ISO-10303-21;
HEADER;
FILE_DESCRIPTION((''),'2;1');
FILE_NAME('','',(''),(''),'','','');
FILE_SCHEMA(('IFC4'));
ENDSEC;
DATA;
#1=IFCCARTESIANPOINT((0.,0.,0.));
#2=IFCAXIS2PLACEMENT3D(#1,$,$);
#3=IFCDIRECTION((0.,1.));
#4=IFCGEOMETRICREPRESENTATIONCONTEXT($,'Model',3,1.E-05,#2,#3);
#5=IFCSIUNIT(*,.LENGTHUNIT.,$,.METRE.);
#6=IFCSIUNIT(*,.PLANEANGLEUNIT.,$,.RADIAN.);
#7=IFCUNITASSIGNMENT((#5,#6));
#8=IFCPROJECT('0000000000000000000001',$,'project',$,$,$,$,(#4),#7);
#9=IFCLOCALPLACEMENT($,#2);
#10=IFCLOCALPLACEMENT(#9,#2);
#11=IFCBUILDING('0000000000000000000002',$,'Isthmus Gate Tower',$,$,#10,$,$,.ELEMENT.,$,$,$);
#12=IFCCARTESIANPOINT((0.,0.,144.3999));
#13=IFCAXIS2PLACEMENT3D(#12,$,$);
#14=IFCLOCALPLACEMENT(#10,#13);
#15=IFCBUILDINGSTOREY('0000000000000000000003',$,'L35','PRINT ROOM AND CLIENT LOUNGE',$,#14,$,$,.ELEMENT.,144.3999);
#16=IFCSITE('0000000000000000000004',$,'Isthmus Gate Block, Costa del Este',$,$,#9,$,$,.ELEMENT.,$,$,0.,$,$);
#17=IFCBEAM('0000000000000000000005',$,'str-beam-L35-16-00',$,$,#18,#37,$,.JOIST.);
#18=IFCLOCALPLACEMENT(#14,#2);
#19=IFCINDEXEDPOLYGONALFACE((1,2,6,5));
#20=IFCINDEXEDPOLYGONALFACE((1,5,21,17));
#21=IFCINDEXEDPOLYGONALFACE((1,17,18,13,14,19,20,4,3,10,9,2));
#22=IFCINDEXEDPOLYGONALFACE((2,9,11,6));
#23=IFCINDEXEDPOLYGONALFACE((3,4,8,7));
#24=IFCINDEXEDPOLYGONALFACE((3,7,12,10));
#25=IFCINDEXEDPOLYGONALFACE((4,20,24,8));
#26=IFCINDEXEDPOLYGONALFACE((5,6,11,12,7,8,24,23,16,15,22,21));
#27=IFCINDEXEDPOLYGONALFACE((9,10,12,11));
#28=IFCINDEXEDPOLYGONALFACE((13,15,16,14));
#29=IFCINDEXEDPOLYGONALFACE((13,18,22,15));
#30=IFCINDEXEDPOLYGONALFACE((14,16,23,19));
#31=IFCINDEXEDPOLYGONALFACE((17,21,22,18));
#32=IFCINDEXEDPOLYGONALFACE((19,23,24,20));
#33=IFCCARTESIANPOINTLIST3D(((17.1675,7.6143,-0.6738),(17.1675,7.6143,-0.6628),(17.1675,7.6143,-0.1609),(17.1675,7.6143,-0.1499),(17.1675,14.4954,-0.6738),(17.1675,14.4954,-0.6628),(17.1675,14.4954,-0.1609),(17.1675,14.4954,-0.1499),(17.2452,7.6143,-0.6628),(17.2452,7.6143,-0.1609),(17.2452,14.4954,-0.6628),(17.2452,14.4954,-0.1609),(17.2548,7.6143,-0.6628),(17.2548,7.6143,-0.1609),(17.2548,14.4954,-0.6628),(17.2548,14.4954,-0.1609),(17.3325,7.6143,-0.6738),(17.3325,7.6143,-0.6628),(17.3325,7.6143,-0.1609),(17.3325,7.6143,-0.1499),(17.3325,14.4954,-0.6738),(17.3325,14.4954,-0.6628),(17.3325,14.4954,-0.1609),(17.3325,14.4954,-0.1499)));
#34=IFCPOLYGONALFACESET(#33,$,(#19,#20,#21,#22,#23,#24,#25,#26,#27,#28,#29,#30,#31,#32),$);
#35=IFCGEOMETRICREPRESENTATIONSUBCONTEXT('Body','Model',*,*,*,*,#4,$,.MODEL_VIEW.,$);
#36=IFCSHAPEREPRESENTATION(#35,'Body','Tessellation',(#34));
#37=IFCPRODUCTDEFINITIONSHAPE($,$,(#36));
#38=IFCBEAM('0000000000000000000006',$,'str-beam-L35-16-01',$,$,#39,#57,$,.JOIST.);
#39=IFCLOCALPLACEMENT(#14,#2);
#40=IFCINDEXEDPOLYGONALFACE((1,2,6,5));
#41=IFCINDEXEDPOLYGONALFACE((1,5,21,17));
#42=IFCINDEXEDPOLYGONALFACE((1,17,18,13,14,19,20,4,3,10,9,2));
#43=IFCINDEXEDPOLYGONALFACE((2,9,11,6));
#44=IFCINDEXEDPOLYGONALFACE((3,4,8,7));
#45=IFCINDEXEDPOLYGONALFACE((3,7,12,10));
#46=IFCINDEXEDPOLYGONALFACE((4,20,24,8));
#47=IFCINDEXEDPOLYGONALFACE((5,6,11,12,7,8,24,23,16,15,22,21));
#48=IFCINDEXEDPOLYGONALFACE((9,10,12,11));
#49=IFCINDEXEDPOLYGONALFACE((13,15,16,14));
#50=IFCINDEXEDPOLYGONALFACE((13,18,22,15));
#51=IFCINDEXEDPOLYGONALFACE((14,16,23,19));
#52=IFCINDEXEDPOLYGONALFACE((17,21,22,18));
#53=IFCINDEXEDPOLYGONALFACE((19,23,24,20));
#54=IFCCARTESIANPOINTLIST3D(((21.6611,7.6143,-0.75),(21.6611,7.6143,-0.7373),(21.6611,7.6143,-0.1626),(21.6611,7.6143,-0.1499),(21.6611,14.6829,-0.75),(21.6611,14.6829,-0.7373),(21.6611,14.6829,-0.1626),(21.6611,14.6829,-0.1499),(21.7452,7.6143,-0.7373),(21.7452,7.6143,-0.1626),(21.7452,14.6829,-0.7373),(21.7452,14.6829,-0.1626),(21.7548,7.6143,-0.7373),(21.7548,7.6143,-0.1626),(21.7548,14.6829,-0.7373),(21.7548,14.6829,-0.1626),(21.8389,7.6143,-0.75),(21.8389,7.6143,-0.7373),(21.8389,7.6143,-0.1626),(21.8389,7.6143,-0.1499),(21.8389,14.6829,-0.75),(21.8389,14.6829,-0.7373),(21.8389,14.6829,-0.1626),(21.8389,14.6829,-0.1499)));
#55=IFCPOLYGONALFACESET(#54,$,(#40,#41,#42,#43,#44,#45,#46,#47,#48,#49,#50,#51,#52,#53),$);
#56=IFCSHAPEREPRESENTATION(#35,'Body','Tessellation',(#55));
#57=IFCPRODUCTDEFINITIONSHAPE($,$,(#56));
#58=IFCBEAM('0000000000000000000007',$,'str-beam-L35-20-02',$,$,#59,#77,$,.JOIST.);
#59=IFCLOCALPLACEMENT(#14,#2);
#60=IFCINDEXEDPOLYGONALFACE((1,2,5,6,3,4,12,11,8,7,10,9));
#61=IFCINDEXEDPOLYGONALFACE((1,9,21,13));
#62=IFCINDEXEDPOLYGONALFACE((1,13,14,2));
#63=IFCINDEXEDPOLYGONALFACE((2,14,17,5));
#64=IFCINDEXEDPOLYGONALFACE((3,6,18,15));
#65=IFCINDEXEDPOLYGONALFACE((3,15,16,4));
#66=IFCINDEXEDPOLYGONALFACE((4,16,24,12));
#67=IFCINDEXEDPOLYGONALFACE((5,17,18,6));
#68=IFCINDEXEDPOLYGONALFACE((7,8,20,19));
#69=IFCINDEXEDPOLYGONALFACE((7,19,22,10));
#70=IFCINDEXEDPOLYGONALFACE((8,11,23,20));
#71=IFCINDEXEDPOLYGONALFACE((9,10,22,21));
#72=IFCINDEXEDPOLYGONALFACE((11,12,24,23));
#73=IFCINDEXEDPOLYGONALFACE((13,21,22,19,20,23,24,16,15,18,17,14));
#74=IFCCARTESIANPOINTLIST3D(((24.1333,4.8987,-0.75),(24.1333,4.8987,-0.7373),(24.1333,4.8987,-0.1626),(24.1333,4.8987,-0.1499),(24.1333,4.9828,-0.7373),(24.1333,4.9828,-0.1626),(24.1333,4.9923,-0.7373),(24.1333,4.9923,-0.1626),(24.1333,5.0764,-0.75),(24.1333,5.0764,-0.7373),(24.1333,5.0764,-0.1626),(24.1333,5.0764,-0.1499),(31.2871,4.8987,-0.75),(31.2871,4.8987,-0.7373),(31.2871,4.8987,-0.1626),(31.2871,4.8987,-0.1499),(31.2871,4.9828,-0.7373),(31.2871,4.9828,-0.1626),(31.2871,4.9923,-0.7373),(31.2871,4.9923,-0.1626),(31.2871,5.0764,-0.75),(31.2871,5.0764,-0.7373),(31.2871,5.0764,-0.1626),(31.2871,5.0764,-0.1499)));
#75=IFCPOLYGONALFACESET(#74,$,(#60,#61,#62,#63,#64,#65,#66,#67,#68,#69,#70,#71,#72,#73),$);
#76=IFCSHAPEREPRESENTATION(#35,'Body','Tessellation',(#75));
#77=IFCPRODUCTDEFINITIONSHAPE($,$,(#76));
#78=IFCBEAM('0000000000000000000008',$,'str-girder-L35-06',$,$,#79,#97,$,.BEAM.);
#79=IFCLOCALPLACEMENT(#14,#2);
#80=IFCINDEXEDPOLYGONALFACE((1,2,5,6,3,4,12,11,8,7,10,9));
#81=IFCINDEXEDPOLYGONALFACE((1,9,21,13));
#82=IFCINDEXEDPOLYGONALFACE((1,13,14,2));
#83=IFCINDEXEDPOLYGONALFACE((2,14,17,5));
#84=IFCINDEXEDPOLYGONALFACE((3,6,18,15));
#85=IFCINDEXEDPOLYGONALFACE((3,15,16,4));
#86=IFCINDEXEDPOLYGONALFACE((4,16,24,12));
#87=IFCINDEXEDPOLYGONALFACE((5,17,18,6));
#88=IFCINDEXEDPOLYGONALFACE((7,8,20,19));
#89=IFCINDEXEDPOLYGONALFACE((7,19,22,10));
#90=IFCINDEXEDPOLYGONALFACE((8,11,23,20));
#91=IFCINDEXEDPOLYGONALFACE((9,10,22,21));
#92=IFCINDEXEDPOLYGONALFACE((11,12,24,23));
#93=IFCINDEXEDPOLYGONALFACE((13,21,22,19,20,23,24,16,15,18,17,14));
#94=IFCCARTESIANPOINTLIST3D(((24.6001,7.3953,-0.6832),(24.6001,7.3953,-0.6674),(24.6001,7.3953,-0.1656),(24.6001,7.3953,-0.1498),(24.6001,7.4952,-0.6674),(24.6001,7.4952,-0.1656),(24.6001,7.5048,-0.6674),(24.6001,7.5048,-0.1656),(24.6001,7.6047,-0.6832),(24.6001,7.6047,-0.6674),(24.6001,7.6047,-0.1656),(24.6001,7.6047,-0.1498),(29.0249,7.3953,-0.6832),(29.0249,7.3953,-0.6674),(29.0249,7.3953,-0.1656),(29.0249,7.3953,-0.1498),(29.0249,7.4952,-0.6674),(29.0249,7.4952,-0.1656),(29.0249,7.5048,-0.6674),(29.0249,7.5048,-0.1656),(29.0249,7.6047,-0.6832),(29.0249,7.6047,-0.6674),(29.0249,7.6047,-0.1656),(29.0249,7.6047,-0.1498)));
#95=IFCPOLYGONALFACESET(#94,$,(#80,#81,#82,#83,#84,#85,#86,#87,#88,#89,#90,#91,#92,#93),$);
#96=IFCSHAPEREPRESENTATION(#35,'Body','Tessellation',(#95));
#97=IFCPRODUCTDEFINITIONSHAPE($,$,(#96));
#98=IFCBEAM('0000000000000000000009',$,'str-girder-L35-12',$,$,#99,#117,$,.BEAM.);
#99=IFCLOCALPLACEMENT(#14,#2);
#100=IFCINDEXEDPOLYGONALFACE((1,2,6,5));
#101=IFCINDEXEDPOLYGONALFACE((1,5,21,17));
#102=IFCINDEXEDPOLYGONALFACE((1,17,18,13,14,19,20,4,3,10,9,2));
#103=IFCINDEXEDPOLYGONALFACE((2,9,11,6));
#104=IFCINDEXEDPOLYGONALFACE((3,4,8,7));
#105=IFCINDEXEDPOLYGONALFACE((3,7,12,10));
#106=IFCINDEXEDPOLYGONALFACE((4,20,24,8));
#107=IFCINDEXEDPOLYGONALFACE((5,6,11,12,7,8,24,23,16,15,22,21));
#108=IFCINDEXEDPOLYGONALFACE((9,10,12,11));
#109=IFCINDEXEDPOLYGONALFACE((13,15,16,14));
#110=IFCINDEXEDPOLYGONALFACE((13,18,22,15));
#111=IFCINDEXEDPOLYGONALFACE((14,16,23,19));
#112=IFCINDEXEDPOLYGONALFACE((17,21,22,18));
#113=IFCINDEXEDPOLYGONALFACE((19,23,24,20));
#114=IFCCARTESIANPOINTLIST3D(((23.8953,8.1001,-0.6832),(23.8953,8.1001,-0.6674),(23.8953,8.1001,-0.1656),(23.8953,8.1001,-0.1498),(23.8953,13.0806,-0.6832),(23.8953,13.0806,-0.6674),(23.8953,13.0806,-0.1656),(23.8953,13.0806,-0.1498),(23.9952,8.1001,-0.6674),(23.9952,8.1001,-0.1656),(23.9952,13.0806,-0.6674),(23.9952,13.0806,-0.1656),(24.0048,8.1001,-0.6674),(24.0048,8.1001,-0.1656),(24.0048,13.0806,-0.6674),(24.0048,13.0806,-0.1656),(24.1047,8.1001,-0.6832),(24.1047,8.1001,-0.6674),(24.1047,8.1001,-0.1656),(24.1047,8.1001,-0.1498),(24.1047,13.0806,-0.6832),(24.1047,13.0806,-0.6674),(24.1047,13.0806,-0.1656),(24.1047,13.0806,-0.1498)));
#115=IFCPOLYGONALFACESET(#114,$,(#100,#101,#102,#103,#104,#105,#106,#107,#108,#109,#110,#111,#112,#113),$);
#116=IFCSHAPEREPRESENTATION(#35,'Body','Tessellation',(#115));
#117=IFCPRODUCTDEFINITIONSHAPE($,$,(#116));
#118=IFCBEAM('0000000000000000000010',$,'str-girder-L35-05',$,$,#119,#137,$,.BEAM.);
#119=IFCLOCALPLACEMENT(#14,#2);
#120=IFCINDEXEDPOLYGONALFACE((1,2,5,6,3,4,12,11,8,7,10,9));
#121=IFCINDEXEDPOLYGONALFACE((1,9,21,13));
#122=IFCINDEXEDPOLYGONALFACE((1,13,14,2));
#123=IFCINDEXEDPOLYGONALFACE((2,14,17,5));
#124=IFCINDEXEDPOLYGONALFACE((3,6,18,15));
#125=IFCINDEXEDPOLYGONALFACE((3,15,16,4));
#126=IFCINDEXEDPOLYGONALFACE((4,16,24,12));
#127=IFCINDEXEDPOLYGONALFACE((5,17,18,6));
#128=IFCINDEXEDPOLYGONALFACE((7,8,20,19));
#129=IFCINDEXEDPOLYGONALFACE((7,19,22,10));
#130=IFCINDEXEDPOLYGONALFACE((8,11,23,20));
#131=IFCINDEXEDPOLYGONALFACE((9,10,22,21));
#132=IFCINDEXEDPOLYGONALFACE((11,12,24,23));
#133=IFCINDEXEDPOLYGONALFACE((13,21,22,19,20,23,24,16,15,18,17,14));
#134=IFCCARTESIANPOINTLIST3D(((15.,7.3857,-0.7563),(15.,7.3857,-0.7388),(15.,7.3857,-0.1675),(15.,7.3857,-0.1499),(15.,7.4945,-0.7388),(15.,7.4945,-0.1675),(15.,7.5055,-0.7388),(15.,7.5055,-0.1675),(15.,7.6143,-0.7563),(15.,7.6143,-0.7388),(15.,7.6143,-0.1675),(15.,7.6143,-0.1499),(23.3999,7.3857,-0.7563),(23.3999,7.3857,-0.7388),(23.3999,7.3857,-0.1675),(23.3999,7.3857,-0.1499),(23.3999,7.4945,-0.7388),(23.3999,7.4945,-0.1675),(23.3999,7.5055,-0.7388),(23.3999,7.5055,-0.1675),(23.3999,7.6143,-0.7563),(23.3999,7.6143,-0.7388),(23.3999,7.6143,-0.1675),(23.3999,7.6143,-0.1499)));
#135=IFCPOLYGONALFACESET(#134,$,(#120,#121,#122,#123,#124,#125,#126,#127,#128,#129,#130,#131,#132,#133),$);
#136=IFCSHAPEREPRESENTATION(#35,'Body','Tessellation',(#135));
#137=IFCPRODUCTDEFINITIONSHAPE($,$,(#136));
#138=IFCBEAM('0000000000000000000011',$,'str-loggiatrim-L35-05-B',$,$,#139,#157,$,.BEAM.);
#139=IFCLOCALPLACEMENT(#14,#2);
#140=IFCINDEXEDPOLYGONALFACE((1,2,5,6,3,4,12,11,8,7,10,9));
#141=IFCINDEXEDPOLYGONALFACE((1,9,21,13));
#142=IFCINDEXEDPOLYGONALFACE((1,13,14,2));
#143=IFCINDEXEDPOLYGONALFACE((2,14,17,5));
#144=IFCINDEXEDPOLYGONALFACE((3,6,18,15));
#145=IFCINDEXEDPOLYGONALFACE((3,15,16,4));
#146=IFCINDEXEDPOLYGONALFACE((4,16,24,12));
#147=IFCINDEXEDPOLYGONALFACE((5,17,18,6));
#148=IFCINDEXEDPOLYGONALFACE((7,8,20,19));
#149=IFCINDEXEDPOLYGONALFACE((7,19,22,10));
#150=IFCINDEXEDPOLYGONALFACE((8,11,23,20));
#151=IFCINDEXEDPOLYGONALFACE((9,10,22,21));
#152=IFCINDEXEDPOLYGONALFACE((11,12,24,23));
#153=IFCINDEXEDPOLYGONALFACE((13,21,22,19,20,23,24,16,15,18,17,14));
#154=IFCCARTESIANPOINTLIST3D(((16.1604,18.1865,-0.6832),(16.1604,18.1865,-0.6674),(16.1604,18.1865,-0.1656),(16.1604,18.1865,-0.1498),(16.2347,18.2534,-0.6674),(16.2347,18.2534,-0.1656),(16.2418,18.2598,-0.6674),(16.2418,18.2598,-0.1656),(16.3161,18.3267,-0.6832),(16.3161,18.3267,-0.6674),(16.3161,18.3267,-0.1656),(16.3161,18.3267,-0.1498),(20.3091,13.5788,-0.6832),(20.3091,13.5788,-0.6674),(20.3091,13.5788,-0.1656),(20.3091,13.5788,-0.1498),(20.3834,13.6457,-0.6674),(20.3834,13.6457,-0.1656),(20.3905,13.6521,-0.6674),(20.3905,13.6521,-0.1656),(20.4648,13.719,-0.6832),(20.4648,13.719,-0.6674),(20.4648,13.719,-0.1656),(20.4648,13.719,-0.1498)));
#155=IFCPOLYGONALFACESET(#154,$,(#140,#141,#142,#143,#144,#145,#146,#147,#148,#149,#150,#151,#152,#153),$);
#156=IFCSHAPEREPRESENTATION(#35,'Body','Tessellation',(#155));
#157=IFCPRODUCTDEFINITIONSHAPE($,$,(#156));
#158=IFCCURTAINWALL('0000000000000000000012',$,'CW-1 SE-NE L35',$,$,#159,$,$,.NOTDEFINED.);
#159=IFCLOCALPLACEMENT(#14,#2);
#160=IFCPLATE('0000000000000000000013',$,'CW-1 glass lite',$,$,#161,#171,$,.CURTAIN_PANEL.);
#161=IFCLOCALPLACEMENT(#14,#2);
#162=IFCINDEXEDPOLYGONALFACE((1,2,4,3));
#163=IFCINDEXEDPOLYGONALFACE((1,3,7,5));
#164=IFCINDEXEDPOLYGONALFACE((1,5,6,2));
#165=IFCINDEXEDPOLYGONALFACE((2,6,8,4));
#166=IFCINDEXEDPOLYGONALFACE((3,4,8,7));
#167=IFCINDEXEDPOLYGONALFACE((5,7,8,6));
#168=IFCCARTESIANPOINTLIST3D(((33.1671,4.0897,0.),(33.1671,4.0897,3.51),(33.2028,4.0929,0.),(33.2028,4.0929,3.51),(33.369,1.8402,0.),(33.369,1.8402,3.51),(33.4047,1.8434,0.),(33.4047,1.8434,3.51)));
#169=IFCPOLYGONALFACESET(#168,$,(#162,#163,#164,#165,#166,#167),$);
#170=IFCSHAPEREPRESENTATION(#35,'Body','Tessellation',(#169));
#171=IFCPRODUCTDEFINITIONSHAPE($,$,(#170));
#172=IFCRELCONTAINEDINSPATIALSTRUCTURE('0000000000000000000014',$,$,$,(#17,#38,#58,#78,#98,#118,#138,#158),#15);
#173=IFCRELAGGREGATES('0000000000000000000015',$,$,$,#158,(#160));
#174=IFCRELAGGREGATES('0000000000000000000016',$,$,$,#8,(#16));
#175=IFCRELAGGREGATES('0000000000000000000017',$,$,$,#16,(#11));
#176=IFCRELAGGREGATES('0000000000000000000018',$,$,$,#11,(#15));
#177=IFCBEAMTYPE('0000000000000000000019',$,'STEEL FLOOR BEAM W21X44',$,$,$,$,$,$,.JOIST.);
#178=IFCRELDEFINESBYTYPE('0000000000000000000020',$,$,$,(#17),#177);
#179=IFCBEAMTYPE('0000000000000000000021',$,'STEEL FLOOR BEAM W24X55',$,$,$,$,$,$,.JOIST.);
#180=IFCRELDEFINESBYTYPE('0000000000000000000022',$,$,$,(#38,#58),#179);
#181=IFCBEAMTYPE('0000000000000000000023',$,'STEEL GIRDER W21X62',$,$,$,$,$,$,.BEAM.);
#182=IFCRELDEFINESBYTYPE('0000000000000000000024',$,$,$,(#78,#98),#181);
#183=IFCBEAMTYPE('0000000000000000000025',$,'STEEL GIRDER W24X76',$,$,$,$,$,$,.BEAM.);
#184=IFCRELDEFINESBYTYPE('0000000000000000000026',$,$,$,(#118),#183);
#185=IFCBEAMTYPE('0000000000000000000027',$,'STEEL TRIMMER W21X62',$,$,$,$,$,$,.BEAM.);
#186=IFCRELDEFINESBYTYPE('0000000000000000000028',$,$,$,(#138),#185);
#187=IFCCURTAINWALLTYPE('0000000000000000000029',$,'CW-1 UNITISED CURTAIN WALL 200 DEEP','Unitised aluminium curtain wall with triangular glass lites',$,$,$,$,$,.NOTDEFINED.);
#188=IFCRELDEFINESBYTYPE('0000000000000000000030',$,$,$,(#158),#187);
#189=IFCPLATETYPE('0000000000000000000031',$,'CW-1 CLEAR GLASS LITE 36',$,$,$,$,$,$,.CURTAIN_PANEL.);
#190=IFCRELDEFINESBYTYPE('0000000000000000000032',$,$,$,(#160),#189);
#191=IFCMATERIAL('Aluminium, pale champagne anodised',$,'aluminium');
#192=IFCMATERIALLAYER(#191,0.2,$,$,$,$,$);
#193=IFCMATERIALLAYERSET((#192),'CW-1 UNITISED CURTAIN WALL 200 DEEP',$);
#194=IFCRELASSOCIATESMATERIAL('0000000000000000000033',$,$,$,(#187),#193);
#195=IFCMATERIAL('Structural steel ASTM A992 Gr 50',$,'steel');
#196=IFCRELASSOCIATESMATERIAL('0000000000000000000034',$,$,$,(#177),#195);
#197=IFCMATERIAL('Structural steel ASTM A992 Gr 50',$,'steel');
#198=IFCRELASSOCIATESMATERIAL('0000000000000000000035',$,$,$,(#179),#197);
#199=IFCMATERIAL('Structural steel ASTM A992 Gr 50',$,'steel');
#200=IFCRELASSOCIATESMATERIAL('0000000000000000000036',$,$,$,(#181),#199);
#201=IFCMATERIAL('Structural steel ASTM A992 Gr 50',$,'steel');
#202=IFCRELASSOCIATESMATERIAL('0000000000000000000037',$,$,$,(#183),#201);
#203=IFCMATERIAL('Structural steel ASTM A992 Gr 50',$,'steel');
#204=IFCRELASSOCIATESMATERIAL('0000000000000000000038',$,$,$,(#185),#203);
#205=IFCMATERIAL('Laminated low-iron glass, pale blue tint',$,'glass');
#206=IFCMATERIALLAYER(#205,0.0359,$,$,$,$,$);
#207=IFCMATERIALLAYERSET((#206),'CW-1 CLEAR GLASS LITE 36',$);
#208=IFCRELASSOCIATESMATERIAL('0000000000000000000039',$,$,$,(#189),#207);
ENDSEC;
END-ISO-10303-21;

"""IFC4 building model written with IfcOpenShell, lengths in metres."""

from ifc_helpers import new_model, si_unit, direction, frame, origin, origin_2d, place, context, subcontext, project, spatial, rectangle, i_section, extrude, material, layer, layer_set, material_profile, profile_set, type_object, element, aggregate, save


model = new_model("IFC4")

# Units and contexts
model_context = context("Model", 3, precision=1e-05, world=origin(), true_north=direction((0.0, 1.0)))
body_context = subcontext(model_context, "Body", "Model", "MODEL_VIEW")
ifc_project = project(units=[si_unit("LENGTHUNIT", "METRE"), si_unit("PLANEANGLEUNIT", "RADIAN")], contexts=[model_context])

# Site, building, storey
site_placement = place(None, origin())
site = spatial("IfcSite", under=ifc_project, at=site_placement, Name="Isthmus Gate Block, Costa del Este", CompositionType="ELEMENT", RefElevation=0.0)
building_placement = place(site_placement, origin())
building = spatial("IfcBuilding", under=site, at=building_placement, Name="Isthmus Gate Tower", CompositionType="ELEMENT")
storey_placement = place(building_placement, frame((0.0, 0.0, 144.3999)))
storey = spatial("IfcBuildingStorey", under=building, at=storey_placement, Name="L35", Description="PRINT ROOM AND CLIENT LOUNGE", CompositionType="ELEMENT", Elevation=144.3999)

# Shared definitions
ifc_material_1 = material(Name="Aluminium, pale champagne anodised", Category="aluminium")
ifc_layer_1 = layer(ifc_material_1, 0.2)
ifc_layer_set_1 = layer_set([ifc_layer_1], Name="CW-1 UNITISED CURTAIN WALL 200 DEEP")
curtain_wall_type_1 = type_object("IfcCurtainWallType", Name="CW-1 UNITISED CURTAIN WALL 200 DEEP", Description="Unitised aluminium curtain wall with triangular glass lites", PredefinedType="NOTDEFINED", material=ifc_layer_set_1)

# Beams
ifc_material_2 = material(Name="Structural steel ASTM A992 Gr 50", Category="steel")
ifc_material_profile_1 = material_profile(ifc_material_2, i_section(OverallWidth=0.165, OverallDepth=0.5239, WebThickness=0.0095, FlangeThickness=0.011, at=origin_2d()), Name="W21X44")
ifc_profile_set_1 = profile_set([ifc_material_profile_1], Name="Structural steel ASTM A992 Gr 50")
beam_type_1 = type_object("IfcBeamType", Name="STEEL FLOOR BEAM W21X44", PredefinedType="JOIST", material=ifc_profile_set_1)
beam_1_placement = place(storey_placement, frame((17.25, 7.6143, -0.4119), z_axis=(0.0, 1.0, 0.0), x_axis=(-1.0, 0.0, 0.0)))
element("IfcBeam", 1, at=beam_1_placement, inside=storey, type_object=beam_type_1, Name="str-beam-L35-16-00", PredefinedType="JOIST", context=body_context, shape_type="SweptSolid", body=[
    extrude(i_section(OverallWidth=0.165, OverallDepth=0.5239, WebThickness=0.0095, FlangeThickness=0.011, at=origin_2d()), origin(), (0.0, 0.0, 1.0), 6.8811),
])
ifc_material_3 = material(Name="Structural steel ASTM A992 Gr 50", Category="steel")
ifc_material_profile_2 = material_profile(ifc_material_3, i_section(OverallWidth=0.1777, OverallDepth=0.6001, WebThickness=0.0095, FlangeThickness=0.0127, at=origin_2d()), Name="W24X55")
ifc_profile_set_2 = profile_set([ifc_material_profile_2], Name="Structural steel ASTM A992 Gr 50")
beam_type_2 = type_object("IfcBeamType", Name="STEEL FLOOR BEAM W24X55", PredefinedType="JOIST", material=ifc_profile_set_2)
beam_2_placement = place(storey_placement, frame((21.75, 7.6143, -0.45), z_axis=(0.0, 1.0, 0.0), x_axis=(-1.0, 0.0, 0.0)))
element("IfcBeam", 2, at=beam_2_placement, inside=storey, type_object=beam_type_2, Name="str-beam-L35-16-01", PredefinedType="JOIST", context=body_context, shape_type="SweptSolid", body=[
    extrude(i_section(OverallWidth=0.1777, OverallDepth=0.6001, WebThickness=0.0095, FlangeThickness=0.0127, at=origin_2d()), origin(), (0.0, 0.0, 1.0), 7.0686),
])
beam_3_placement = place(storey_placement, frame((24.1333, 4.9875, -0.45), z_axis=(1.0, 0.0, 0.0), x_axis=(0.0, 1.0, 0.0)))
element("IfcBeam", 3, at=beam_3_placement, inside=storey, type_object=beam_type_2, Name="str-beam-L35-20-02", PredefinedType="JOIST", context=body_context, shape_type="SweptSolid", body=[
    extrude(i_section(OverallWidth=0.1777, OverallDepth=0.6001, WebThickness=0.0095, FlangeThickness=0.0127, at=origin_2d()), origin(), (0.0, 0.0, 1.0), 7.1538),
])
ifc_material_4 = material(Name="Structural steel ASTM A992 Gr 50", Category="steel")
ifc_material_profile_3 = material_profile(ifc_material_4, i_section(OverallWidth=0.2095, OverallDepth=0.5334, WebThickness=0.0095, FlangeThickness=0.0159, at=origin_2d()), Name="W21X62")
ifc_profile_set_3 = profile_set([ifc_material_profile_3], Name="Structural steel ASTM A992 Gr 50")
beam_type_3 = type_object("IfcBeamType", Name="STEEL GIRDER W21X62", PredefinedType="BEAM", material=ifc_profile_set_3)
beam_4_placement = place(storey_placement, frame((24.6001, 7.5, -0.4165), z_axis=(1.0, 0.0, 0.0), x_axis=(0.0, 1.0, 0.0)))
element("IfcBeam", 4, at=beam_4_placement, inside=storey, type_object=beam_type_3, Name="str-girder-L35-06", PredefinedType="BEAM", context=body_context, shape_type="SweptSolid", body=[
    extrude(i_section(OverallWidth=0.2095, OverallDepth=0.5334, WebThickness=0.0095, FlangeThickness=0.0159, at=origin_2d()), origin(), (0.0, 0.0, 1.0), 4.4248),
])
beam_5_placement = place(storey_placement, frame((24.0, 8.1001, -0.4165), z_axis=(0.0, 1.0, 0.0), x_axis=(-1.0, 0.0, 0.0)))
element("IfcBeam", 5, at=beam_5_placement, inside=storey, type_object=beam_type_3, Name="str-girder-L35-12", PredefinedType="BEAM", context=body_context, shape_type="SweptSolid", body=[
    extrude(i_section(OverallWidth=0.2095, OverallDepth=0.5334, WebThickness=0.0095, FlangeThickness=0.0159, at=origin_2d()), origin(), (0.0, 0.0, 1.0), 4.9805),
])
ifc_material_5 = material(Name="Structural steel ASTM A992 Gr 50", Category="steel")
ifc_material_profile_4 = material_profile(ifc_material_5, i_section(OverallWidth=0.2285, OverallDepth=0.6064, WebThickness=0.011, FlangeThickness=0.0176, at=origin_2d()), Name="W24X76")
ifc_profile_set_4 = profile_set([ifc_material_profile_4], Name="Structural steel ASTM A992 Gr 50")
beam_type_4 = type_object("IfcBeamType", Name="STEEL GIRDER W24X76", PredefinedType="BEAM", material=ifc_profile_set_4)
beam_6_placement = place(storey_placement, frame((15.0, 7.5, -0.4531), z_axis=(1.0, 0.0, 0.0), x_axis=(0.0, 1.0, 0.0)))
element("IfcBeam", 6, at=beam_6_placement, inside=storey, type_object=beam_type_4, Name="str-girder-L35-05", PredefinedType="BEAM", context=body_context, shape_type="SweptSolid", body=[
    extrude(i_section(OverallWidth=0.2285, OverallDepth=0.6064, WebThickness=0.011, FlangeThickness=0.0176, at=origin_2d()), origin(), (0.0, 0.0, 1.0), 8.3999),
])
ifc_material_6 = material(Name="Structural steel ASTM A992 Gr 50", Category="steel")
ifc_material_profile_5 = material_profile(ifc_material_6, i_section(OverallWidth=0.2095, OverallDepth=0.5334, WebThickness=0.0095, FlangeThickness=0.0159, at=origin_2d()), Name="W21X62")
ifc_profile_set_5 = profile_set([ifc_material_profile_5], Name="Structural steel ASTM A992 Gr 50")
beam_type_5 = type_object("IfcBeamType", Name="STEEL TRIMMER W21X62", PredefinedType="BEAM", material=ifc_profile_set_5)
beam_7_placement = place(storey_placement, frame((20.387, 13.6489, -0.4165), z_axis=(-0.669124, 0.743151, 0.0), x_axis=(-0.743151, -0.669124, 0.0)))
element("IfcBeam", 7, at=beam_7_placement, inside=storey, type_object=beam_type_5, Name="str-loggiatrim-L35-05-B", PredefinedType="BEAM", context=body_context, shape_type="SweptSolid", body=[
    extrude(i_section(OverallWidth=0.2095, OverallDepth=0.5334, WebThickness=0.0095, FlangeThickness=0.0159, at=origin_2d()), origin(), (0.0, 0.0, 1.0), 6.2002),
])

# Curtain wall, plate
curtain_wall_1_placement = place(storey_placement, origin())
curtain_wall_1 = element("IfcCurtainWall", 8, at=curtain_wall_1_placement, inside=storey, type_object=curtain_wall_type_1, Name="CW-1 SE-NE L35", PredefinedType="NOTDEFINED")
ifc_material_7 = material(Name="Laminated low-iron glass, pale blue tint", Category="glass")
ifc_layer_2 = layer(ifc_material_7, 0.0359)
ifc_layer_set_2 = layer_set([ifc_layer_2], Name="CW-1 CLEAR GLASS LITE 36")
plate_type = type_object("IfcPlateType", Name="CW-1 CLEAR GLASS LITE 36", PredefinedType="CURTAIN_PANEL", material=ifc_layer_set_2)
plate_1_placement = place(storey_placement, frame((33.2859, 2.9666, 0.0), z_axis=(0.0, 0.0, 1.0), x_axis=(-0.089397, 0.995996, 0.0)))
plate_1 = element("IfcPlate", 9, at=plate_1_placement, type_object=plate_type, Name="CW-1 glass lite", PredefinedType="CURTAIN_PANEL", context=body_context, shape_type="SweptSolid", body=[
    extrude(rectangle(XDim=2.2585, YDim=0.0359, at=origin_2d()), origin(), (0.0, 0.0, 1.0), 3.51),
])
aggregate(curtain_wall_1, [plate_1])

save(model, "model.ifc")
